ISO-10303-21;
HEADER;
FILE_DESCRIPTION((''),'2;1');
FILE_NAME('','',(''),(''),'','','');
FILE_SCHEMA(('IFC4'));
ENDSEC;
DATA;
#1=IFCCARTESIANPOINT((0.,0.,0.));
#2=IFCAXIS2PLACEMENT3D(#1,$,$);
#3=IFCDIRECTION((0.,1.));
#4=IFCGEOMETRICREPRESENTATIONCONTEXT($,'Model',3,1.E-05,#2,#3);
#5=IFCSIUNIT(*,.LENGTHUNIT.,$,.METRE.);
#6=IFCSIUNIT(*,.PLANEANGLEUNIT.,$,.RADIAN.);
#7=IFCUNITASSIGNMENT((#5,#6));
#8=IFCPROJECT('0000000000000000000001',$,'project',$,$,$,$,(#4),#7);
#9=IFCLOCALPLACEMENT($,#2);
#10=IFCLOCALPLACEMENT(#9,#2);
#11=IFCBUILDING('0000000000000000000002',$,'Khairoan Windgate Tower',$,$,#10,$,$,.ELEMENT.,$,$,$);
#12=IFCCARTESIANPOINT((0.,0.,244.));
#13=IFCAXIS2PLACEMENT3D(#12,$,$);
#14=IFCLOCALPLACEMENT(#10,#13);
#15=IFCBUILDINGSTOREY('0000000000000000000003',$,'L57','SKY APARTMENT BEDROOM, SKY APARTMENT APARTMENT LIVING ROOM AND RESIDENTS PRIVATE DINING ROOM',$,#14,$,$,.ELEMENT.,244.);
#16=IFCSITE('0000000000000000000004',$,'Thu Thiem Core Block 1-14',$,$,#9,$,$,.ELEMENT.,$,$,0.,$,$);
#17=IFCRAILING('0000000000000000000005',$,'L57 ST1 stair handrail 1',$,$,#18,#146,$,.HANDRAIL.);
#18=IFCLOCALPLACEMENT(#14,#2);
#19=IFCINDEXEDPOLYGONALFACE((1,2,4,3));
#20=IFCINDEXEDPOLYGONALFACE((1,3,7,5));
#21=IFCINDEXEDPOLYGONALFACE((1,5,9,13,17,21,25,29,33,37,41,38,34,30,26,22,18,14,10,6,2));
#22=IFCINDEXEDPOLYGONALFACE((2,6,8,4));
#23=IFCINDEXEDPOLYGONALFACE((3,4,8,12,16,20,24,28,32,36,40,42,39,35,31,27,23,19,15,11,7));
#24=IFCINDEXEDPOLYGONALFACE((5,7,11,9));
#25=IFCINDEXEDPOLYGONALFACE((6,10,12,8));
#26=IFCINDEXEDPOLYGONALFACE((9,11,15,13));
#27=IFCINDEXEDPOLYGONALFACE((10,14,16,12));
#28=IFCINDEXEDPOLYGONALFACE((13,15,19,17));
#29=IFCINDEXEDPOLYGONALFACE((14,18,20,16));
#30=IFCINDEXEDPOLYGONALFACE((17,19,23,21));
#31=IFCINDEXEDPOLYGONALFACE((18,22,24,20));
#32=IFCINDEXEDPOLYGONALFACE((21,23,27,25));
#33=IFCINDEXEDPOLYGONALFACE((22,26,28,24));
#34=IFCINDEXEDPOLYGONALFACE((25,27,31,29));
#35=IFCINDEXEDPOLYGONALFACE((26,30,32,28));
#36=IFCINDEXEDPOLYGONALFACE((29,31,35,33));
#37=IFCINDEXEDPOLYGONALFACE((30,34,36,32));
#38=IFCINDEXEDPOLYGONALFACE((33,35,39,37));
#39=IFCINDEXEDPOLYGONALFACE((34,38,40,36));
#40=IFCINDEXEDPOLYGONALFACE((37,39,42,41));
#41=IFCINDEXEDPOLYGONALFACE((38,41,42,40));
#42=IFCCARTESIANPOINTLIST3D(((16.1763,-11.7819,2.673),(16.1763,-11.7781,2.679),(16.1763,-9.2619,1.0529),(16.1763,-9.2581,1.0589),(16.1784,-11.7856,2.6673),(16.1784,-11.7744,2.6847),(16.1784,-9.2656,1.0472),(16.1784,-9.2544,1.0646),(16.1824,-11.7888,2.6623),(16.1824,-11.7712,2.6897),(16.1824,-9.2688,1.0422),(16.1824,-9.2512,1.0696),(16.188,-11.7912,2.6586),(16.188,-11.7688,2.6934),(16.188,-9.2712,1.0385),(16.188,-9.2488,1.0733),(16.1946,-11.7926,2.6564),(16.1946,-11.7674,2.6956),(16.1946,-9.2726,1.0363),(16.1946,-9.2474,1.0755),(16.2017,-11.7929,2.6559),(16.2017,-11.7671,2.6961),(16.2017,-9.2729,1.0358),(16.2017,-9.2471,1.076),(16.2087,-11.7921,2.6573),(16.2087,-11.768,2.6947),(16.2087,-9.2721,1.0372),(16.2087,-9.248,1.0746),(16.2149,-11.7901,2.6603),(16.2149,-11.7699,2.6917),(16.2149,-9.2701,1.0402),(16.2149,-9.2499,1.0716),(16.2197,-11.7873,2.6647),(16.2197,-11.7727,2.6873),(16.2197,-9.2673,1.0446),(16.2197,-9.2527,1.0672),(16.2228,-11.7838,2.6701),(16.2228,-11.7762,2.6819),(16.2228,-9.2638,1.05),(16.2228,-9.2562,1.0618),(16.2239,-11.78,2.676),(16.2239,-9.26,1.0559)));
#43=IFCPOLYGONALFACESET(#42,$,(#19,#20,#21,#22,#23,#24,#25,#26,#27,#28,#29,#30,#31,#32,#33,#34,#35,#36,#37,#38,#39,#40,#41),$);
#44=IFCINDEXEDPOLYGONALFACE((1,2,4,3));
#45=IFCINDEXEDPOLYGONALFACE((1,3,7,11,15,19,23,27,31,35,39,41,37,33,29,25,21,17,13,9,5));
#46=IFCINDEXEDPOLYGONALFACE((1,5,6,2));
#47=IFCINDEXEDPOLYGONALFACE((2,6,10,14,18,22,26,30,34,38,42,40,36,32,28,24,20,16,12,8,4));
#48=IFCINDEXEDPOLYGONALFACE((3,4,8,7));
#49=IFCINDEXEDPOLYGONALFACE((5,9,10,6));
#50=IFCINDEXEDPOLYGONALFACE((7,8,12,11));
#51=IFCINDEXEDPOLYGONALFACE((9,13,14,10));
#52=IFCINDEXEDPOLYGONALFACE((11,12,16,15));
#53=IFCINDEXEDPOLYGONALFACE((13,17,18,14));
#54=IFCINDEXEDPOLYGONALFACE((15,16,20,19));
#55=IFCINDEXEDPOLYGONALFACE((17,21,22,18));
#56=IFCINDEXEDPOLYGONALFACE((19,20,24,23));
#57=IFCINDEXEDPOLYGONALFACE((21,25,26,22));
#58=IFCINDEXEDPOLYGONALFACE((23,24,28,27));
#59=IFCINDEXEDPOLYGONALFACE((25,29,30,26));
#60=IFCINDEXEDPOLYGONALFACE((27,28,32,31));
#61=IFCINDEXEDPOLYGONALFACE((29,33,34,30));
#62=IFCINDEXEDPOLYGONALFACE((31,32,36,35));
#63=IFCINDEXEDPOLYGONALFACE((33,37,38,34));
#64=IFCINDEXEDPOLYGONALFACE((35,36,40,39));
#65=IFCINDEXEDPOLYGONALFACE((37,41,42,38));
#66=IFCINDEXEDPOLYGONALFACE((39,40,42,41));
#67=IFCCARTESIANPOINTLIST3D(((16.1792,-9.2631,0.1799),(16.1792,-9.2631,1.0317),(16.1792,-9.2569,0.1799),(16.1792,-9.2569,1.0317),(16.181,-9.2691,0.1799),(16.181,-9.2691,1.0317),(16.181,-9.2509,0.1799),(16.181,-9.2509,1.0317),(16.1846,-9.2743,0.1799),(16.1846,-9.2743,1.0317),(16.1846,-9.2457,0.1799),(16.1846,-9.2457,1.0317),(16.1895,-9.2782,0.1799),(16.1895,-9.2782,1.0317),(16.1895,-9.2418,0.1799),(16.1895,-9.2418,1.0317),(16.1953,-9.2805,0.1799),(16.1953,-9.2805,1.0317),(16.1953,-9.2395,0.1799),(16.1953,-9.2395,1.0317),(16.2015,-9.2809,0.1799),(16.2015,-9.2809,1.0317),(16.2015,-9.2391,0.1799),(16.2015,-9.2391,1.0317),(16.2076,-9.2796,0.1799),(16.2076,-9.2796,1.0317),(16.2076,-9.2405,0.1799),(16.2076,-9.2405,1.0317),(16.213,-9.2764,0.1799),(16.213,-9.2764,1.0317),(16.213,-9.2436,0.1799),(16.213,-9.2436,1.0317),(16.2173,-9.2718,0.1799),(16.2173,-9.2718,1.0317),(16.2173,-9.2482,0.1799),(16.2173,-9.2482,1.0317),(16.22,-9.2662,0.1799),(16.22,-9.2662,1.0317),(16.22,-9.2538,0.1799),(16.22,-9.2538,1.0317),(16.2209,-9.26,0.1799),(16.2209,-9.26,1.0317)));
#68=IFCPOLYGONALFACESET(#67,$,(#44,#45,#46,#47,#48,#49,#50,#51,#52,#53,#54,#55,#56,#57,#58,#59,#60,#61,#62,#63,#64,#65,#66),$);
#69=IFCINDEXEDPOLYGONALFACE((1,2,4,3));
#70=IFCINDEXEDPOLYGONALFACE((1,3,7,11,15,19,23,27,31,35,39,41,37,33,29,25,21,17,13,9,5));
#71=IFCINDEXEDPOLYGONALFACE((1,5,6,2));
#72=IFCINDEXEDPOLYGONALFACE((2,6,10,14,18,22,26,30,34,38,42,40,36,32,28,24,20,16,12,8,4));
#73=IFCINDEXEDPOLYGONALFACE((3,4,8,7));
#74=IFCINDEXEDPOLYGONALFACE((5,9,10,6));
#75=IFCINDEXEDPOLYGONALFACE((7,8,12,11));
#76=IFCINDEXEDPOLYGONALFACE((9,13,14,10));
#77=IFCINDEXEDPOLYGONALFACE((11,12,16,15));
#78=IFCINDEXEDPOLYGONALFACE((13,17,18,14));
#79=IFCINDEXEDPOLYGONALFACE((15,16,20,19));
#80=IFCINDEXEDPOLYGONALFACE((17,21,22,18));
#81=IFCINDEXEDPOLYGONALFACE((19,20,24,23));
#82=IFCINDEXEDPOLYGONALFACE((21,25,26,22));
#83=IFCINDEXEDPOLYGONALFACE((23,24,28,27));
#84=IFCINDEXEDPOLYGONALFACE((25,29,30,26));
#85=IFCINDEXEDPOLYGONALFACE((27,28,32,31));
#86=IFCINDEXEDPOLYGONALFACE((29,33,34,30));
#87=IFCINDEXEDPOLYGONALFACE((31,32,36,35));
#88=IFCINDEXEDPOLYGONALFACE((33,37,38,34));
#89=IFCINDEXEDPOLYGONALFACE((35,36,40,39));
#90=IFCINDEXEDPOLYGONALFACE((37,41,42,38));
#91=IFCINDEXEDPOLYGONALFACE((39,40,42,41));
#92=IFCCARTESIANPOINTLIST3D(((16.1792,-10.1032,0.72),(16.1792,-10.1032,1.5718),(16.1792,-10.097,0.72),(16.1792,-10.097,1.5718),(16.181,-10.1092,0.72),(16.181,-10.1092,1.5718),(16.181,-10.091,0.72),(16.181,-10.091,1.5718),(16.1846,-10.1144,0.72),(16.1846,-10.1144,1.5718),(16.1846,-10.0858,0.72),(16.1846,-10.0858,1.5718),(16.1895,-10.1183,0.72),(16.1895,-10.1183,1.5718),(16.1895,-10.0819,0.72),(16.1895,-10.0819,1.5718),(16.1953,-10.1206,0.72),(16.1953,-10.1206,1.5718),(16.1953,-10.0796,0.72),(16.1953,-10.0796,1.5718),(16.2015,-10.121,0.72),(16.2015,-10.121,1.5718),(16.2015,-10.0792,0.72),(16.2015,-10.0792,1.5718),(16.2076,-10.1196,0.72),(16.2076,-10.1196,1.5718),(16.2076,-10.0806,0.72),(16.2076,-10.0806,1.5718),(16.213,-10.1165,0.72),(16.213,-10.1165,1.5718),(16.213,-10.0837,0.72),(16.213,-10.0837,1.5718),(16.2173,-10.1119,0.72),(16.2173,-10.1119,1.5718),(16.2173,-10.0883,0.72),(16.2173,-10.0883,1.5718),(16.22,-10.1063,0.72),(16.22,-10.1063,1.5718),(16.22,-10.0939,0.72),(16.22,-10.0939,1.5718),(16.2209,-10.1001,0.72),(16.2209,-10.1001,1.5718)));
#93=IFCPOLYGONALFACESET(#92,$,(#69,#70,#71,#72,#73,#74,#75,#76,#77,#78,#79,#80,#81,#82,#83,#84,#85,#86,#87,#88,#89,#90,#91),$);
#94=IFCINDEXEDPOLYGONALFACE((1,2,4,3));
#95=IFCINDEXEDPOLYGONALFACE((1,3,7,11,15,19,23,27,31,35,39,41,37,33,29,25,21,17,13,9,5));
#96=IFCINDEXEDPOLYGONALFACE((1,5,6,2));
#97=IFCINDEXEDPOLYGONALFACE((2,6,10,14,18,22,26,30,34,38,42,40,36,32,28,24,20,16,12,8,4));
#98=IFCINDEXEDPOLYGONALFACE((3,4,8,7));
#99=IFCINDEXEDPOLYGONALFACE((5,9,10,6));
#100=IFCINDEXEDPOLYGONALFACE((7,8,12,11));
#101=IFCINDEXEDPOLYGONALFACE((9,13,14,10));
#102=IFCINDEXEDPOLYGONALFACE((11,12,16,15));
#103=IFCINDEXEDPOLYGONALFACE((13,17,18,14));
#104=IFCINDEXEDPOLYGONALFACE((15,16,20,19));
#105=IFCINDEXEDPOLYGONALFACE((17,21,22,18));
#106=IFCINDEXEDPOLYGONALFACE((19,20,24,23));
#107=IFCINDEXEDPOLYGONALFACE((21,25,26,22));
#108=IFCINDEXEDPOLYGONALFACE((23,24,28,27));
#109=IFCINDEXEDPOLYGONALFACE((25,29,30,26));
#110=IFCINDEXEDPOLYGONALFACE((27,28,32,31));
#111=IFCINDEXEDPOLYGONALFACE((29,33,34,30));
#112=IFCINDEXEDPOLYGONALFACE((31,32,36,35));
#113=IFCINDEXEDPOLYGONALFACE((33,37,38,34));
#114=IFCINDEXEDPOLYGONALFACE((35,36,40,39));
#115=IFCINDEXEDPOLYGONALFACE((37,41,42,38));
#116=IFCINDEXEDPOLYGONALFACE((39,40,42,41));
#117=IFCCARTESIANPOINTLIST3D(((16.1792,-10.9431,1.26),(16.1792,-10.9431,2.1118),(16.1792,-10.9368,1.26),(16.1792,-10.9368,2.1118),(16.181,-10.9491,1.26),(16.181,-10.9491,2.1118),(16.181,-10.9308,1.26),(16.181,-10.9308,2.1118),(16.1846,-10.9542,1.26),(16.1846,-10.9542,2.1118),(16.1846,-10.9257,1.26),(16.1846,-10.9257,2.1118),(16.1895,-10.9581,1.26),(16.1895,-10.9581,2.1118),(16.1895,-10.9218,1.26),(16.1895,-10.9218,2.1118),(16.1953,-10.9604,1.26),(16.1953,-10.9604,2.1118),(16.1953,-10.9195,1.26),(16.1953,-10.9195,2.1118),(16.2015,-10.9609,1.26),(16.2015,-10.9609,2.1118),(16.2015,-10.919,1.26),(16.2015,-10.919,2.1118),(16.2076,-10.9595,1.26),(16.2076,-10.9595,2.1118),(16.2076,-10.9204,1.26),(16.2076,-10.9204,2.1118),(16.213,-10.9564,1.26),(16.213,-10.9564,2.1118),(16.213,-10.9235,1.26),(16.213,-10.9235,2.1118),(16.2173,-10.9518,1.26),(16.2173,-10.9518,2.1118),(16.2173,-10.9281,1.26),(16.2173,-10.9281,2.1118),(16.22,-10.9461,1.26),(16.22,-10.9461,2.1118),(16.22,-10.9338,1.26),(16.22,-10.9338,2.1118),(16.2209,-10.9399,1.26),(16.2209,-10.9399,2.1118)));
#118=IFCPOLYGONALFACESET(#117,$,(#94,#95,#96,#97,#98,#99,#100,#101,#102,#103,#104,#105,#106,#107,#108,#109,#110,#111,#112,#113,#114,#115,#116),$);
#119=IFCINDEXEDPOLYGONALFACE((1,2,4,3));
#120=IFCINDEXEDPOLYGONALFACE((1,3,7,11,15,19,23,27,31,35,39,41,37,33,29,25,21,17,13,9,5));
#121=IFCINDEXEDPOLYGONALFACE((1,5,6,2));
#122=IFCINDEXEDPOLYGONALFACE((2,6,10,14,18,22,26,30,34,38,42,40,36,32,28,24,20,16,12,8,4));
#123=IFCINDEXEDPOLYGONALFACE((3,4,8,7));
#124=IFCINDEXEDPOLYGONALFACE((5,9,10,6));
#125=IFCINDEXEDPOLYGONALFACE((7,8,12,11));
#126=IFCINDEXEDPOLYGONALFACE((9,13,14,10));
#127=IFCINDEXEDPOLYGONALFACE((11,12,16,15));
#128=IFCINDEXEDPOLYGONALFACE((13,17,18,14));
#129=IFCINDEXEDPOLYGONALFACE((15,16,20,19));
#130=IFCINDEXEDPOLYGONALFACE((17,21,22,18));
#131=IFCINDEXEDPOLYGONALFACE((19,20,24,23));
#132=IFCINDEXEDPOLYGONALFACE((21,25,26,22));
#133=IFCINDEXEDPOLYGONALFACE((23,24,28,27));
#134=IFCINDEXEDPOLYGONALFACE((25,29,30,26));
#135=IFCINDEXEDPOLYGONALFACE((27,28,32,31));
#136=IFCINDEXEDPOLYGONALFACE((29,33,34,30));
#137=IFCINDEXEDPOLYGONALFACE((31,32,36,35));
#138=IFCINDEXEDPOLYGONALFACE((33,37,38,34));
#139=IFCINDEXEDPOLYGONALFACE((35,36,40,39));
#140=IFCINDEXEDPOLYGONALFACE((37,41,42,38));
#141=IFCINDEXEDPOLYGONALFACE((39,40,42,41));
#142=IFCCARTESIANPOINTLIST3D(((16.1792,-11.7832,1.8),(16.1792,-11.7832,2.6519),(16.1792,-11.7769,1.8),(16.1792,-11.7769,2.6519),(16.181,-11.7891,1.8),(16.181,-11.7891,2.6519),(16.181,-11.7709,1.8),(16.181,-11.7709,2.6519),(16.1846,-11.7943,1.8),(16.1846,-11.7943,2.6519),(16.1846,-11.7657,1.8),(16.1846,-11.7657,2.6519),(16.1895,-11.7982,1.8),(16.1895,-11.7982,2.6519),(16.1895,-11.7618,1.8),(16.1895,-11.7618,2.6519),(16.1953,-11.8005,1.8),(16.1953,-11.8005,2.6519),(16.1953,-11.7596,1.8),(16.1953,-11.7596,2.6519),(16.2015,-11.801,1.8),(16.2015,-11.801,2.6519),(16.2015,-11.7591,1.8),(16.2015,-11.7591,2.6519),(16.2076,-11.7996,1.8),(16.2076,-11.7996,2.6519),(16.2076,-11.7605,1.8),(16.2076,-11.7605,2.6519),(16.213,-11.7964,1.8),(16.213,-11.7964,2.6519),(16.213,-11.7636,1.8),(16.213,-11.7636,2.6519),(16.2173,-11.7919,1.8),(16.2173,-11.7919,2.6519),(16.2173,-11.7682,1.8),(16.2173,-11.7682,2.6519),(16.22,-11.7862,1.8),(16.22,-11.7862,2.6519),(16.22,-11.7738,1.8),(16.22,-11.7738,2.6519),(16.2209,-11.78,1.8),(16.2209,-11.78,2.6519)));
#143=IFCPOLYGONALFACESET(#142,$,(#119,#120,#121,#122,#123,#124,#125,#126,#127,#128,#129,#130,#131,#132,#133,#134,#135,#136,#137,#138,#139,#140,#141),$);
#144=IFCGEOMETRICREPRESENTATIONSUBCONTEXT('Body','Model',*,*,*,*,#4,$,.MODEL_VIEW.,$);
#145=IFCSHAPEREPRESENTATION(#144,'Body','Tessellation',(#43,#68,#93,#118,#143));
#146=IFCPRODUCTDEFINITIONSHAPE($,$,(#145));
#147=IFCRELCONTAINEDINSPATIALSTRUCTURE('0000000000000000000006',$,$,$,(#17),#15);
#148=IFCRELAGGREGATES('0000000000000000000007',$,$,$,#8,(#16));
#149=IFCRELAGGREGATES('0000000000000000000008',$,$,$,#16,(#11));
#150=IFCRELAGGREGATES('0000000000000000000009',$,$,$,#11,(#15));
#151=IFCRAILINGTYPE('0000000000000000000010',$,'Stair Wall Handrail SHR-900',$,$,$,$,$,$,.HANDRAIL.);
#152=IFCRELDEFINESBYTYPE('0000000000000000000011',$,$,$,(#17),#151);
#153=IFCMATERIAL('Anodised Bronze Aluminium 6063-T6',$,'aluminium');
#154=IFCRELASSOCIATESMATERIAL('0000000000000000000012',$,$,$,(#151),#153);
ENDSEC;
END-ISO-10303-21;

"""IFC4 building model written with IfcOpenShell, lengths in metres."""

from ifc_helpers import new_model, si_unit, direction, frame, origin, origin_2d, place, context, subcontext, project, spatial, circle, extrude, material, type_object, element, save


model = new_model("IFC4")

# Units and contexts
model_context = context("Model", 3, precision=1e-05, world=origin(), true_north=direction((0.0, 1.0)))
body_context = subcontext(model_context, "Body", "Model", "MODEL_VIEW")
ifc_project = project(units=[si_unit("LENGTHUNIT", "METRE"), si_unit("PLANEANGLEUNIT", "RADIAN")], contexts=[model_context])

# Site, building, storey
site_placement = place(None, origin())
site = spatial("IfcSite", under=ifc_project, at=site_placement, Name="Thu Thiem Core Block 1-14", CompositionType="ELEMENT", RefElevation=0.0)
building_placement = place(site_placement, origin())
building = spatial("IfcBuilding", under=site, at=building_placement, Name="Khairoan Windgate Tower", CompositionType="ELEMENT")
storey_placement = place(building_placement, frame((0.0, 0.0, 244.0)))
storey = spatial("IfcBuildingStorey", under=building, at=storey_placement, Name="L57", Description="SKY APARTMENT BEDROOM, SKY APARTMENT APARTMENT LIVING ROOM AND RESIDENTS PRIVATE DINING ROOM", CompositionType="ELEMENT", Elevation=244.0)

# Railing
ifc_material_1 = material(Name="Anodised Bronze Aluminium 6063-T6", Category="aluminium")
railing_type_1 = type_object("IfcRailingType", Name="Stair Wall Handrail SHR-900", PredefinedType="HANDRAIL", material=ifc_material_1)
railing_1_placement = place(storey_placement, frame((16.2, -9.26, 0.1799)))
element("IfcRailing", 1, at=railing_1_placement, inside=storey, type_object=railing_type_1, Name="L57 ST1 stair handrail 1", PredefinedType="HANDRAIL", context=body_context, shape_type="SweptSolid", body=[
    extrude(circle(Radius=0.0239, at=origin_2d()), frame((0.0, 0.0, 0.876), z_axis=(0.0, -0.841163, 0.540782), x_axis=(1.0, 0.0, 0.0)), (0.0, 0.0, 1.0), 2.9958),
    extrude(circle(Radius=0.021, at=origin_2d()), origin(), (0.0, 0.0, 1.0), 0.8518),
    extrude(circle(Radius=0.021, at=origin_2d()), frame((0.0, -0.8401, 0.54)), (0.0, 0.0, 1.0), 0.8518),
    extrude(circle(Radius=0.021, at=origin_2d()), frame((0.0, -1.6799, 1.0801)), (0.0, 0.0, 1.0), 0.8518),
    extrude(circle(Radius=0.021, at=origin_2d()), frame((0.0, -2.52, 1.6201)), (0.0, 0.0, 1.0), 0.8518),
])

save(model, "model.ifc")
